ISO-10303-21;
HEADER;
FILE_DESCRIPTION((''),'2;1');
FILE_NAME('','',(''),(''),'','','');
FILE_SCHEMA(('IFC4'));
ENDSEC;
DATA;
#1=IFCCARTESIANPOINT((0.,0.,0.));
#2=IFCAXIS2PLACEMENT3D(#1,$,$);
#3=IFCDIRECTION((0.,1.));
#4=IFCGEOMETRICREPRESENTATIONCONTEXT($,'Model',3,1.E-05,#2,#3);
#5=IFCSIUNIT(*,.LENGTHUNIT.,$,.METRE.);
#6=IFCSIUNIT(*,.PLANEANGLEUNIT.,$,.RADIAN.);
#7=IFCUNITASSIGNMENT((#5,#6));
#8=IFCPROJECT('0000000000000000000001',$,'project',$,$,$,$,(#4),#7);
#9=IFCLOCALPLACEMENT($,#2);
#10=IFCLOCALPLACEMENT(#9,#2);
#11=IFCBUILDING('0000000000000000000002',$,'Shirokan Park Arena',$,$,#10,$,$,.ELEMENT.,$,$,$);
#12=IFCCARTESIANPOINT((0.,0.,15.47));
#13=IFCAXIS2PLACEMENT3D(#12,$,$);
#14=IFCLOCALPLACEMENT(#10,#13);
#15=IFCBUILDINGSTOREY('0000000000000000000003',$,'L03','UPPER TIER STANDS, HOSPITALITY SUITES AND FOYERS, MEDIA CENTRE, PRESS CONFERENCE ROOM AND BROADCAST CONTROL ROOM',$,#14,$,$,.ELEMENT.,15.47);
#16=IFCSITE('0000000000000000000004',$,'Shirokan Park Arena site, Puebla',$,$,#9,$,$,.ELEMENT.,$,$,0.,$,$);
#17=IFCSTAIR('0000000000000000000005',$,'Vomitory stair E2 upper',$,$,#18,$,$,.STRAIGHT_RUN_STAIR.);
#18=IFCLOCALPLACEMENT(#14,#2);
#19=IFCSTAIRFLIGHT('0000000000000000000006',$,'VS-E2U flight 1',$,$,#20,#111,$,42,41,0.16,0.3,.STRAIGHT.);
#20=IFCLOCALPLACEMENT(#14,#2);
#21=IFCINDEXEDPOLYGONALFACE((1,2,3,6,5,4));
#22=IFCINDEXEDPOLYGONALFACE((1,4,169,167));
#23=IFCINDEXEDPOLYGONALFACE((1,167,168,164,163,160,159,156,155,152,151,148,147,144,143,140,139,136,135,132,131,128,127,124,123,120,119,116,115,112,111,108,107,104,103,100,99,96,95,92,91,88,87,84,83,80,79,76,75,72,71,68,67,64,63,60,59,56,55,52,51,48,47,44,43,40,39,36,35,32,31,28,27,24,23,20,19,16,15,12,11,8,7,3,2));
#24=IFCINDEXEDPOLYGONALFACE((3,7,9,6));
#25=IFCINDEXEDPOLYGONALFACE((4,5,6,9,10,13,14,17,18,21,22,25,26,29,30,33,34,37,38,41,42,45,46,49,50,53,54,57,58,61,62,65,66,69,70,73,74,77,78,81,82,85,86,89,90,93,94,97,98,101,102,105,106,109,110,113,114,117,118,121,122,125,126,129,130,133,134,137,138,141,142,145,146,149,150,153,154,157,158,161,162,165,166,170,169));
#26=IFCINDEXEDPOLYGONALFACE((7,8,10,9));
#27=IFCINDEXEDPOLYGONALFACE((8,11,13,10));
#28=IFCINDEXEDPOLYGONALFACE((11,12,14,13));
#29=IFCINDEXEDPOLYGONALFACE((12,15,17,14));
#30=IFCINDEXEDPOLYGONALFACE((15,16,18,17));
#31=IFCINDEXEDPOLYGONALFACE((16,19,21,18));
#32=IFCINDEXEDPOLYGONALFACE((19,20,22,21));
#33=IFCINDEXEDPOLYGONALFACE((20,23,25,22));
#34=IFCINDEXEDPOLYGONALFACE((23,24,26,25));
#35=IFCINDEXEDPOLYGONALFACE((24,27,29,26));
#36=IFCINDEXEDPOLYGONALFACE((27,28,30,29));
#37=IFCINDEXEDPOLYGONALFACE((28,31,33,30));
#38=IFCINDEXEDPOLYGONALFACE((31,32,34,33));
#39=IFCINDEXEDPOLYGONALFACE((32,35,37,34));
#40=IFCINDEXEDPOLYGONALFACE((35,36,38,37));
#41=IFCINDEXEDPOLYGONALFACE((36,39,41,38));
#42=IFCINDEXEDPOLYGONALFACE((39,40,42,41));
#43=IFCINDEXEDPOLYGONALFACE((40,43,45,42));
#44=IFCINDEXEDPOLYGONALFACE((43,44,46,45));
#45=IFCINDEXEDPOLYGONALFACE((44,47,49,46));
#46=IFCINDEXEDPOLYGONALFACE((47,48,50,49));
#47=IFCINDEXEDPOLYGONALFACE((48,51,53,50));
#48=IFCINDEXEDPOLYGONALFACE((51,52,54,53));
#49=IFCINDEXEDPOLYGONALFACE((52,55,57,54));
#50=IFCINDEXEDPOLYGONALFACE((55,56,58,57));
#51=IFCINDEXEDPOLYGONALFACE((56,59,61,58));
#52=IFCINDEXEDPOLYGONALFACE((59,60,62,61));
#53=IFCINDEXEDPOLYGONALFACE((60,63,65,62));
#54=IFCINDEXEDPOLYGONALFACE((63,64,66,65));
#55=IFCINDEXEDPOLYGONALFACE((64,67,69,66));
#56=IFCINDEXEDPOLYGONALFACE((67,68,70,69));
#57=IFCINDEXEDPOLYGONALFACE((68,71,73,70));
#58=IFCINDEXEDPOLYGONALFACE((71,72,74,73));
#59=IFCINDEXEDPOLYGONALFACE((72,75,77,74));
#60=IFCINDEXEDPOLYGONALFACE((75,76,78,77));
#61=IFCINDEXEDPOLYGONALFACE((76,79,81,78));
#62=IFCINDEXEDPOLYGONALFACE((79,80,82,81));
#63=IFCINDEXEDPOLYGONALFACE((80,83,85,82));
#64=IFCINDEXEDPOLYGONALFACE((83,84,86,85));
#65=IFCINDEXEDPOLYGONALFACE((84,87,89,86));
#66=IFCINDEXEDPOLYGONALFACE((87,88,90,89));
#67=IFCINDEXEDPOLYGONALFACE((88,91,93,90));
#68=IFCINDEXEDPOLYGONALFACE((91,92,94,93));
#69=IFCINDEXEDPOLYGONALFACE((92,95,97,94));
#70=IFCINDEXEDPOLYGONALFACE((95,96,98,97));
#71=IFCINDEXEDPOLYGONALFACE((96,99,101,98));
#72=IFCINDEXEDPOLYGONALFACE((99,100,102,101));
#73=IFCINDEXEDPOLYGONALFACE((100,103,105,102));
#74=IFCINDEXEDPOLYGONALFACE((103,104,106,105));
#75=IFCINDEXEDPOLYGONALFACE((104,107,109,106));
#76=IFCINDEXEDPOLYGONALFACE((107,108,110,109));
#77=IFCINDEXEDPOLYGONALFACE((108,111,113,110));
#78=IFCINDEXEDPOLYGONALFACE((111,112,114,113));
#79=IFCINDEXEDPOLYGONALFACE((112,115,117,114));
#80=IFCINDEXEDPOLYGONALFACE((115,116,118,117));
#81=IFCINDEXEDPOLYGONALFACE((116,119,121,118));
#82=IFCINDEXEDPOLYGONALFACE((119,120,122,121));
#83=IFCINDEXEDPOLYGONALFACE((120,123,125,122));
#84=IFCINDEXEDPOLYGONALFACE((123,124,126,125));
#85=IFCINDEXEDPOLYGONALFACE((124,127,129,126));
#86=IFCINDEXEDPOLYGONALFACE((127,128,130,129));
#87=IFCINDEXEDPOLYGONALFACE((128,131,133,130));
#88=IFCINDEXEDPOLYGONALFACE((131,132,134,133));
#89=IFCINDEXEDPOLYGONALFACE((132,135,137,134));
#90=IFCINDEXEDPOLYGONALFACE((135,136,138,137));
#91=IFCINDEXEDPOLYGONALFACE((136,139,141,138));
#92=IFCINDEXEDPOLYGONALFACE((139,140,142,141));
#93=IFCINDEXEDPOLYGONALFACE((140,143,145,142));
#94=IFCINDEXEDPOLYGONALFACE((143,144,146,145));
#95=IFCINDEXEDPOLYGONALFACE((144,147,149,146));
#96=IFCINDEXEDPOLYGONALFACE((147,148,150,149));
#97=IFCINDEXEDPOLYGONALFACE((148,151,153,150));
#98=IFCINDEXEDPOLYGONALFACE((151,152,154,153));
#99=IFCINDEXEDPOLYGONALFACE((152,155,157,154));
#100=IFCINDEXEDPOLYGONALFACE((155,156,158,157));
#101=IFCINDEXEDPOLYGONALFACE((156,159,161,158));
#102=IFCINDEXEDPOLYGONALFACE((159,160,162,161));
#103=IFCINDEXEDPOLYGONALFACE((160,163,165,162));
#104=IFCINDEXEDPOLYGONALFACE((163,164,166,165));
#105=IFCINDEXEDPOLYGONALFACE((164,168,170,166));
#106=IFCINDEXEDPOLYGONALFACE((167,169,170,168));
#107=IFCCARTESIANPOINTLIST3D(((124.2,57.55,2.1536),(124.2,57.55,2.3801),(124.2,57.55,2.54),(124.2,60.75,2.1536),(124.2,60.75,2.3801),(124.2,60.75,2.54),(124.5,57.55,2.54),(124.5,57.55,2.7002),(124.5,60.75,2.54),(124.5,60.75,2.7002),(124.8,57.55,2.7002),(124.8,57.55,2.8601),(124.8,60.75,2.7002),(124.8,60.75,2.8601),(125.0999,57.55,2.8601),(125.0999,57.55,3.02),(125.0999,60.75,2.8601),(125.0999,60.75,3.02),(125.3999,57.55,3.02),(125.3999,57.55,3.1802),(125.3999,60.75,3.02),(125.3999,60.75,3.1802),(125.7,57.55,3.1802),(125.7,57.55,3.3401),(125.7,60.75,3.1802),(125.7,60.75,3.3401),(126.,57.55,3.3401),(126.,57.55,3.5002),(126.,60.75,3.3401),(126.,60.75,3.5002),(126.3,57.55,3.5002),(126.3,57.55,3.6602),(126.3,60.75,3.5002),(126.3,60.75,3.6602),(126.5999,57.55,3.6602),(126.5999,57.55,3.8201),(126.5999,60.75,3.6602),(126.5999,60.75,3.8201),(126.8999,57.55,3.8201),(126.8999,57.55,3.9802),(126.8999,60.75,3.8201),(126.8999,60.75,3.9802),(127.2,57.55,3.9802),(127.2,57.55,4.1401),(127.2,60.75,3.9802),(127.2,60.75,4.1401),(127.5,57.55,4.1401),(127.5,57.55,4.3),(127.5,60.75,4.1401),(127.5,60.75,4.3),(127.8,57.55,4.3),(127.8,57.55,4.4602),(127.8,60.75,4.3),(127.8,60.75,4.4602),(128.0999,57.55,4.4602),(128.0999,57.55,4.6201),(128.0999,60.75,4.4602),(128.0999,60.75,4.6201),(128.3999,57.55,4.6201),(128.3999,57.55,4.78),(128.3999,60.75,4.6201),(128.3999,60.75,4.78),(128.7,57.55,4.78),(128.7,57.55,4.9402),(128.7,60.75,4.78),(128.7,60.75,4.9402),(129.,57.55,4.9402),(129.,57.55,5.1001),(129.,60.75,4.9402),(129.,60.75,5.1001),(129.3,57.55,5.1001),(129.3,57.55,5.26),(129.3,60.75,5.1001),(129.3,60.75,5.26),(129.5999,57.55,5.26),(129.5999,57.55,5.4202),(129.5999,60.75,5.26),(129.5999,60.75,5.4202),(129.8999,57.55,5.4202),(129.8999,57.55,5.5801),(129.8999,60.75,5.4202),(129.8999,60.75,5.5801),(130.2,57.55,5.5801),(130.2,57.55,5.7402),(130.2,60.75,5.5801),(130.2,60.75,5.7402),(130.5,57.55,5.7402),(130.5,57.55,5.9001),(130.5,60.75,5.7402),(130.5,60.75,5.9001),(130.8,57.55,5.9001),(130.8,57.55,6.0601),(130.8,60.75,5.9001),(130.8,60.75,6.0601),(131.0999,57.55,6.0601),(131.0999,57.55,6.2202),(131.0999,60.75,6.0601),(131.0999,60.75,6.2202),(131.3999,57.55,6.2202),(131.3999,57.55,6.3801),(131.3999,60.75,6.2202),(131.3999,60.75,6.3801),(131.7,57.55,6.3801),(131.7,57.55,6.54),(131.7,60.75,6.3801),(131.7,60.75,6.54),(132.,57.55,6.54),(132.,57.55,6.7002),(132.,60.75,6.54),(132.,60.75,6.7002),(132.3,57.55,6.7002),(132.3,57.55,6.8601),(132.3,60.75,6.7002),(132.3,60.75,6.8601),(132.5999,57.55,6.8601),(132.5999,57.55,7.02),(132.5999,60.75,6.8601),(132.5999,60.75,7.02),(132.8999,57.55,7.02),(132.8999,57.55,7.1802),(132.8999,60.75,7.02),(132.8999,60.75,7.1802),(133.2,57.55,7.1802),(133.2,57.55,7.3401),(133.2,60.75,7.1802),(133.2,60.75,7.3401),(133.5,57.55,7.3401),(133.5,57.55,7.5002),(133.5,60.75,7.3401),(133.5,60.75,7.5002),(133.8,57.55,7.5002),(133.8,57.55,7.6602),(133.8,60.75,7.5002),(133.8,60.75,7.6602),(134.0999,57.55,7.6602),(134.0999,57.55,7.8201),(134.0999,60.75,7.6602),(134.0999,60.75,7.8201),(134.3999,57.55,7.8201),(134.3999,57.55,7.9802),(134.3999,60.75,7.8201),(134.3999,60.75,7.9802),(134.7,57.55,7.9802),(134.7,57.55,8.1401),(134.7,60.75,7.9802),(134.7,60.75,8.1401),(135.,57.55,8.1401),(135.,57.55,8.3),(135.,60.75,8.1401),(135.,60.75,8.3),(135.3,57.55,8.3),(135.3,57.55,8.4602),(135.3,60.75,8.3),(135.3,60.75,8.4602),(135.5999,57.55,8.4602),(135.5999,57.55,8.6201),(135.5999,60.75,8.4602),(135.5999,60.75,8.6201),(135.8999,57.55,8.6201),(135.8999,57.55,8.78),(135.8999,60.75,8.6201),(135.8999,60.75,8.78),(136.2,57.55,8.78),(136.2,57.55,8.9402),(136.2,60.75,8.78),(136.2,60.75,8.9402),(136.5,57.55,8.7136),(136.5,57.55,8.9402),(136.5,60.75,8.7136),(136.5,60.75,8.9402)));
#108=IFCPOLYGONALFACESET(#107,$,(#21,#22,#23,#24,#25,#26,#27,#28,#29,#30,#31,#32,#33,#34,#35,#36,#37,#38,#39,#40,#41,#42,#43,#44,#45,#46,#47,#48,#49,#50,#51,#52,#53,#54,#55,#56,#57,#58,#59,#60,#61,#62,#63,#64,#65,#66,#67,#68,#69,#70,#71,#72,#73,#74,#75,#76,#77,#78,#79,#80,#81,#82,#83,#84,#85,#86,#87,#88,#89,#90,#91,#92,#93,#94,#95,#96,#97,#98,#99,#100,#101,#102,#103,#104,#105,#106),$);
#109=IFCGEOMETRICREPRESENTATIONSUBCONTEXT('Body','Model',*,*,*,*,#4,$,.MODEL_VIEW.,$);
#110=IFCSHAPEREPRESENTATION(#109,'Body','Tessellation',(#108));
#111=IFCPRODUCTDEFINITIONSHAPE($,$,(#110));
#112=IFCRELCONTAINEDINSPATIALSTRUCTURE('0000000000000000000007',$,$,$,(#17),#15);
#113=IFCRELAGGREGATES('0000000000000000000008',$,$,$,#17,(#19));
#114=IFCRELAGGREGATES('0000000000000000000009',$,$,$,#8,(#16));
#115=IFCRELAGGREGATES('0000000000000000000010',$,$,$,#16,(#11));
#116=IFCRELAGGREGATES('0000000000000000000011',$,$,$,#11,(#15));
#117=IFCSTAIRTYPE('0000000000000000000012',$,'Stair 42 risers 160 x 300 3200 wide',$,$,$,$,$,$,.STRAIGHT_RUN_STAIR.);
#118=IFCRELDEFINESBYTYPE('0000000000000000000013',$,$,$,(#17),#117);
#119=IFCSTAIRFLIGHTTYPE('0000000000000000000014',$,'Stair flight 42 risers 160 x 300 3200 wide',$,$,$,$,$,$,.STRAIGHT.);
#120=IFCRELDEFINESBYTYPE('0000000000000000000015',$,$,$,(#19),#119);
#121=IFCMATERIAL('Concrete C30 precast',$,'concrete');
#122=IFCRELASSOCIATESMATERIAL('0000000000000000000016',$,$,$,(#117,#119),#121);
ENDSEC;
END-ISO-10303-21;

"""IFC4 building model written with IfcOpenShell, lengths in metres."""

from ifc_helpers import new_model, si_unit, direction, frame, origin, place, context, subcontext, project, spatial, polyline, outline, extrude, material, type_object, element, aggregate, save


model = new_model("IFC4")

# Units and contexts
model_context = context("Model", 3, precision=1e-05, world=origin(), true_north=direction((0.0, 1.0)))
body_context = subcontext(model_context, "Body", "Model", "MODEL_VIEW")
ifc_project = project(units=[si_unit("LENGTHUNIT", "METRE"), si_unit("PLANEANGLEUNIT", "RADIAN")], contexts=[model_context])

# Site, building, storey
site_placement = place(None, origin())
site = spatial("IfcSite", under=ifc_project, at=site_placement, Name="Shirokan Park Arena site, Puebla", CompositionType="ELEMENT", RefElevation=0.0)
building_placement = place(site_placement, origin())
building = spatial("IfcBuilding", under=site, at=building_placement, Name="Shirokan Park Arena", CompositionType="ELEMENT")
storey_placement = place(building_placement, frame((0.0, 0.0, 15.47)))
storey = spatial("IfcBuildingStorey", under=building, at=storey_placement, Name="L03", Description="UPPER TIER STANDS, HOSPITALITY SUITES AND FOYERS, MEDIA CENTRE, PRESS CONFERENCE ROOM AND BROADCAST CONTROL ROOM", CompositionType="ELEMENT", Elevation=15.47)

# Stair, stair flight
ifc_material_1 = material(Name="Concrete C30 precast", Category="concrete")
stair_type = type_object("IfcStairType", Name="Stair 42 risers 160 x 300 3200 wide", PredefinedType="STRAIGHT_RUN_STAIR", material=ifc_material_1)
stair_flight_type = type_object("IfcStairFlightType", Name="Stair flight 42 risers 160 x 300 3200 wide", PredefinedType="STRAIGHT", material=ifc_material_1)
stair_1_placement = place(storey_placement, origin())
stair_1 = element("IfcStair", 1, at=stair_1_placement, inside=storey, type_object=stair_type, Name="Vomitory stair E2 upper", PredefinedType="STRAIGHT_RUN_STAIR")
stair_flight_1_placement = place(storey_placement, frame((124.2, 59.1499, 2.3801), z_axis=(0.0, 0.0, 1.0), x_axis=(1.0, 0.0, 0.0)))
stair_flight_1 = element("IfcStairFlight", 2, at=stair_flight_1_placement, type_object=stair_flight_type, Name="VS-E2U flight 1", NumberOfRisers=42, NumberOfTreads=41, PredefinedType="STRAIGHT", RiserHeight=0.16, TreadLength=0.3, context=body_context, shape_type="SweptSolid", body=[
    extrude(outline(polyline([(0.0, -0.2266), (0.0, 0.0), (0.0, 0.1599), (0.3, 0.1599), (0.3, 0.3201), (0.6001, 0.3201), (0.6001, 0.48), (0.8999, 0.48), (0.8999, 0.6399), (1.2, 0.6399), (1.2, 0.8), (1.5, 0.8), (1.5, 0.96), (1.8, 0.96), (1.8, 1.1201), (2.1001, 1.1201), (2.1001, 1.28), (2.3999, 1.28), (2.3999, 1.4399), (2.7, 1.4399), (2.7, 1.6001), (3.0, 1.6001), (3.0, 1.76), (3.3, 1.76), (3.3, 1.9199), (3.6001, 1.9199), (3.6001, 2.0801), (3.8999, 2.0801), (3.8999, 2.24), (4.2, 2.24), (4.2, 2.3999), (4.5, 2.3999), (4.5, 2.5601), (4.8, 2.5601), (4.8, 2.72), (5.1001, 2.72), (5.1001, 2.8799), (5.3999, 2.8799), (5.3999, 3.04), (5.7, 3.04), (5.7, 3.2), (6.0, 3.2), (6.0, 3.3601), (6.3, 3.3601), (6.3, 3.52), (6.6001, 3.52), (6.6001, 3.6799), (6.8999, 3.6799), (6.8999, 3.8401), (7.2, 3.8401), (7.2, 4.0), (7.5, 4.0), (7.5, 4.1599), (7.8, 4.1599), (7.8, 4.3201), (8.1001, 4.3201), (8.1001, 4.48), (8.3999, 4.48), (8.3999, 4.6399), (8.7, 4.6399), (8.7, 4.8), (9.0, 4.8), (9.0, 4.96), (9.3, 4.96), (9.3, 5.1201), (9.6001, 5.1201), (9.6001, 5.28), (9.8999, 5.28), (9.8999, 5.4399), (10.2, 5.4399), (10.2, 5.6001), (10.5, 5.6001), (10.5, 5.76), (10.8, 5.76), (10.8, 5.9199), (11.1001, 5.9199), (11.1001, 6.0801), (11.3999, 6.0801), (11.3999, 6.24), (11.7, 6.24), (11.7, 6.3999), (12.0, 6.3999), (12.0, 6.5601), (12.3, 6.5601), (12.3, 6.72), (12.3, 6.3335), (0.0, -0.2266)])), frame((0.0, 1.6001, 0.0), z_axis=(0.0, -1.0, 0.0), x_axis=(1.0, 0.0, 0.0)), (0.0, 0.0, 1.0), 3.2),
])
aggregate(stair_1, [stair_flight_1])

save(model, "model.ifc")
